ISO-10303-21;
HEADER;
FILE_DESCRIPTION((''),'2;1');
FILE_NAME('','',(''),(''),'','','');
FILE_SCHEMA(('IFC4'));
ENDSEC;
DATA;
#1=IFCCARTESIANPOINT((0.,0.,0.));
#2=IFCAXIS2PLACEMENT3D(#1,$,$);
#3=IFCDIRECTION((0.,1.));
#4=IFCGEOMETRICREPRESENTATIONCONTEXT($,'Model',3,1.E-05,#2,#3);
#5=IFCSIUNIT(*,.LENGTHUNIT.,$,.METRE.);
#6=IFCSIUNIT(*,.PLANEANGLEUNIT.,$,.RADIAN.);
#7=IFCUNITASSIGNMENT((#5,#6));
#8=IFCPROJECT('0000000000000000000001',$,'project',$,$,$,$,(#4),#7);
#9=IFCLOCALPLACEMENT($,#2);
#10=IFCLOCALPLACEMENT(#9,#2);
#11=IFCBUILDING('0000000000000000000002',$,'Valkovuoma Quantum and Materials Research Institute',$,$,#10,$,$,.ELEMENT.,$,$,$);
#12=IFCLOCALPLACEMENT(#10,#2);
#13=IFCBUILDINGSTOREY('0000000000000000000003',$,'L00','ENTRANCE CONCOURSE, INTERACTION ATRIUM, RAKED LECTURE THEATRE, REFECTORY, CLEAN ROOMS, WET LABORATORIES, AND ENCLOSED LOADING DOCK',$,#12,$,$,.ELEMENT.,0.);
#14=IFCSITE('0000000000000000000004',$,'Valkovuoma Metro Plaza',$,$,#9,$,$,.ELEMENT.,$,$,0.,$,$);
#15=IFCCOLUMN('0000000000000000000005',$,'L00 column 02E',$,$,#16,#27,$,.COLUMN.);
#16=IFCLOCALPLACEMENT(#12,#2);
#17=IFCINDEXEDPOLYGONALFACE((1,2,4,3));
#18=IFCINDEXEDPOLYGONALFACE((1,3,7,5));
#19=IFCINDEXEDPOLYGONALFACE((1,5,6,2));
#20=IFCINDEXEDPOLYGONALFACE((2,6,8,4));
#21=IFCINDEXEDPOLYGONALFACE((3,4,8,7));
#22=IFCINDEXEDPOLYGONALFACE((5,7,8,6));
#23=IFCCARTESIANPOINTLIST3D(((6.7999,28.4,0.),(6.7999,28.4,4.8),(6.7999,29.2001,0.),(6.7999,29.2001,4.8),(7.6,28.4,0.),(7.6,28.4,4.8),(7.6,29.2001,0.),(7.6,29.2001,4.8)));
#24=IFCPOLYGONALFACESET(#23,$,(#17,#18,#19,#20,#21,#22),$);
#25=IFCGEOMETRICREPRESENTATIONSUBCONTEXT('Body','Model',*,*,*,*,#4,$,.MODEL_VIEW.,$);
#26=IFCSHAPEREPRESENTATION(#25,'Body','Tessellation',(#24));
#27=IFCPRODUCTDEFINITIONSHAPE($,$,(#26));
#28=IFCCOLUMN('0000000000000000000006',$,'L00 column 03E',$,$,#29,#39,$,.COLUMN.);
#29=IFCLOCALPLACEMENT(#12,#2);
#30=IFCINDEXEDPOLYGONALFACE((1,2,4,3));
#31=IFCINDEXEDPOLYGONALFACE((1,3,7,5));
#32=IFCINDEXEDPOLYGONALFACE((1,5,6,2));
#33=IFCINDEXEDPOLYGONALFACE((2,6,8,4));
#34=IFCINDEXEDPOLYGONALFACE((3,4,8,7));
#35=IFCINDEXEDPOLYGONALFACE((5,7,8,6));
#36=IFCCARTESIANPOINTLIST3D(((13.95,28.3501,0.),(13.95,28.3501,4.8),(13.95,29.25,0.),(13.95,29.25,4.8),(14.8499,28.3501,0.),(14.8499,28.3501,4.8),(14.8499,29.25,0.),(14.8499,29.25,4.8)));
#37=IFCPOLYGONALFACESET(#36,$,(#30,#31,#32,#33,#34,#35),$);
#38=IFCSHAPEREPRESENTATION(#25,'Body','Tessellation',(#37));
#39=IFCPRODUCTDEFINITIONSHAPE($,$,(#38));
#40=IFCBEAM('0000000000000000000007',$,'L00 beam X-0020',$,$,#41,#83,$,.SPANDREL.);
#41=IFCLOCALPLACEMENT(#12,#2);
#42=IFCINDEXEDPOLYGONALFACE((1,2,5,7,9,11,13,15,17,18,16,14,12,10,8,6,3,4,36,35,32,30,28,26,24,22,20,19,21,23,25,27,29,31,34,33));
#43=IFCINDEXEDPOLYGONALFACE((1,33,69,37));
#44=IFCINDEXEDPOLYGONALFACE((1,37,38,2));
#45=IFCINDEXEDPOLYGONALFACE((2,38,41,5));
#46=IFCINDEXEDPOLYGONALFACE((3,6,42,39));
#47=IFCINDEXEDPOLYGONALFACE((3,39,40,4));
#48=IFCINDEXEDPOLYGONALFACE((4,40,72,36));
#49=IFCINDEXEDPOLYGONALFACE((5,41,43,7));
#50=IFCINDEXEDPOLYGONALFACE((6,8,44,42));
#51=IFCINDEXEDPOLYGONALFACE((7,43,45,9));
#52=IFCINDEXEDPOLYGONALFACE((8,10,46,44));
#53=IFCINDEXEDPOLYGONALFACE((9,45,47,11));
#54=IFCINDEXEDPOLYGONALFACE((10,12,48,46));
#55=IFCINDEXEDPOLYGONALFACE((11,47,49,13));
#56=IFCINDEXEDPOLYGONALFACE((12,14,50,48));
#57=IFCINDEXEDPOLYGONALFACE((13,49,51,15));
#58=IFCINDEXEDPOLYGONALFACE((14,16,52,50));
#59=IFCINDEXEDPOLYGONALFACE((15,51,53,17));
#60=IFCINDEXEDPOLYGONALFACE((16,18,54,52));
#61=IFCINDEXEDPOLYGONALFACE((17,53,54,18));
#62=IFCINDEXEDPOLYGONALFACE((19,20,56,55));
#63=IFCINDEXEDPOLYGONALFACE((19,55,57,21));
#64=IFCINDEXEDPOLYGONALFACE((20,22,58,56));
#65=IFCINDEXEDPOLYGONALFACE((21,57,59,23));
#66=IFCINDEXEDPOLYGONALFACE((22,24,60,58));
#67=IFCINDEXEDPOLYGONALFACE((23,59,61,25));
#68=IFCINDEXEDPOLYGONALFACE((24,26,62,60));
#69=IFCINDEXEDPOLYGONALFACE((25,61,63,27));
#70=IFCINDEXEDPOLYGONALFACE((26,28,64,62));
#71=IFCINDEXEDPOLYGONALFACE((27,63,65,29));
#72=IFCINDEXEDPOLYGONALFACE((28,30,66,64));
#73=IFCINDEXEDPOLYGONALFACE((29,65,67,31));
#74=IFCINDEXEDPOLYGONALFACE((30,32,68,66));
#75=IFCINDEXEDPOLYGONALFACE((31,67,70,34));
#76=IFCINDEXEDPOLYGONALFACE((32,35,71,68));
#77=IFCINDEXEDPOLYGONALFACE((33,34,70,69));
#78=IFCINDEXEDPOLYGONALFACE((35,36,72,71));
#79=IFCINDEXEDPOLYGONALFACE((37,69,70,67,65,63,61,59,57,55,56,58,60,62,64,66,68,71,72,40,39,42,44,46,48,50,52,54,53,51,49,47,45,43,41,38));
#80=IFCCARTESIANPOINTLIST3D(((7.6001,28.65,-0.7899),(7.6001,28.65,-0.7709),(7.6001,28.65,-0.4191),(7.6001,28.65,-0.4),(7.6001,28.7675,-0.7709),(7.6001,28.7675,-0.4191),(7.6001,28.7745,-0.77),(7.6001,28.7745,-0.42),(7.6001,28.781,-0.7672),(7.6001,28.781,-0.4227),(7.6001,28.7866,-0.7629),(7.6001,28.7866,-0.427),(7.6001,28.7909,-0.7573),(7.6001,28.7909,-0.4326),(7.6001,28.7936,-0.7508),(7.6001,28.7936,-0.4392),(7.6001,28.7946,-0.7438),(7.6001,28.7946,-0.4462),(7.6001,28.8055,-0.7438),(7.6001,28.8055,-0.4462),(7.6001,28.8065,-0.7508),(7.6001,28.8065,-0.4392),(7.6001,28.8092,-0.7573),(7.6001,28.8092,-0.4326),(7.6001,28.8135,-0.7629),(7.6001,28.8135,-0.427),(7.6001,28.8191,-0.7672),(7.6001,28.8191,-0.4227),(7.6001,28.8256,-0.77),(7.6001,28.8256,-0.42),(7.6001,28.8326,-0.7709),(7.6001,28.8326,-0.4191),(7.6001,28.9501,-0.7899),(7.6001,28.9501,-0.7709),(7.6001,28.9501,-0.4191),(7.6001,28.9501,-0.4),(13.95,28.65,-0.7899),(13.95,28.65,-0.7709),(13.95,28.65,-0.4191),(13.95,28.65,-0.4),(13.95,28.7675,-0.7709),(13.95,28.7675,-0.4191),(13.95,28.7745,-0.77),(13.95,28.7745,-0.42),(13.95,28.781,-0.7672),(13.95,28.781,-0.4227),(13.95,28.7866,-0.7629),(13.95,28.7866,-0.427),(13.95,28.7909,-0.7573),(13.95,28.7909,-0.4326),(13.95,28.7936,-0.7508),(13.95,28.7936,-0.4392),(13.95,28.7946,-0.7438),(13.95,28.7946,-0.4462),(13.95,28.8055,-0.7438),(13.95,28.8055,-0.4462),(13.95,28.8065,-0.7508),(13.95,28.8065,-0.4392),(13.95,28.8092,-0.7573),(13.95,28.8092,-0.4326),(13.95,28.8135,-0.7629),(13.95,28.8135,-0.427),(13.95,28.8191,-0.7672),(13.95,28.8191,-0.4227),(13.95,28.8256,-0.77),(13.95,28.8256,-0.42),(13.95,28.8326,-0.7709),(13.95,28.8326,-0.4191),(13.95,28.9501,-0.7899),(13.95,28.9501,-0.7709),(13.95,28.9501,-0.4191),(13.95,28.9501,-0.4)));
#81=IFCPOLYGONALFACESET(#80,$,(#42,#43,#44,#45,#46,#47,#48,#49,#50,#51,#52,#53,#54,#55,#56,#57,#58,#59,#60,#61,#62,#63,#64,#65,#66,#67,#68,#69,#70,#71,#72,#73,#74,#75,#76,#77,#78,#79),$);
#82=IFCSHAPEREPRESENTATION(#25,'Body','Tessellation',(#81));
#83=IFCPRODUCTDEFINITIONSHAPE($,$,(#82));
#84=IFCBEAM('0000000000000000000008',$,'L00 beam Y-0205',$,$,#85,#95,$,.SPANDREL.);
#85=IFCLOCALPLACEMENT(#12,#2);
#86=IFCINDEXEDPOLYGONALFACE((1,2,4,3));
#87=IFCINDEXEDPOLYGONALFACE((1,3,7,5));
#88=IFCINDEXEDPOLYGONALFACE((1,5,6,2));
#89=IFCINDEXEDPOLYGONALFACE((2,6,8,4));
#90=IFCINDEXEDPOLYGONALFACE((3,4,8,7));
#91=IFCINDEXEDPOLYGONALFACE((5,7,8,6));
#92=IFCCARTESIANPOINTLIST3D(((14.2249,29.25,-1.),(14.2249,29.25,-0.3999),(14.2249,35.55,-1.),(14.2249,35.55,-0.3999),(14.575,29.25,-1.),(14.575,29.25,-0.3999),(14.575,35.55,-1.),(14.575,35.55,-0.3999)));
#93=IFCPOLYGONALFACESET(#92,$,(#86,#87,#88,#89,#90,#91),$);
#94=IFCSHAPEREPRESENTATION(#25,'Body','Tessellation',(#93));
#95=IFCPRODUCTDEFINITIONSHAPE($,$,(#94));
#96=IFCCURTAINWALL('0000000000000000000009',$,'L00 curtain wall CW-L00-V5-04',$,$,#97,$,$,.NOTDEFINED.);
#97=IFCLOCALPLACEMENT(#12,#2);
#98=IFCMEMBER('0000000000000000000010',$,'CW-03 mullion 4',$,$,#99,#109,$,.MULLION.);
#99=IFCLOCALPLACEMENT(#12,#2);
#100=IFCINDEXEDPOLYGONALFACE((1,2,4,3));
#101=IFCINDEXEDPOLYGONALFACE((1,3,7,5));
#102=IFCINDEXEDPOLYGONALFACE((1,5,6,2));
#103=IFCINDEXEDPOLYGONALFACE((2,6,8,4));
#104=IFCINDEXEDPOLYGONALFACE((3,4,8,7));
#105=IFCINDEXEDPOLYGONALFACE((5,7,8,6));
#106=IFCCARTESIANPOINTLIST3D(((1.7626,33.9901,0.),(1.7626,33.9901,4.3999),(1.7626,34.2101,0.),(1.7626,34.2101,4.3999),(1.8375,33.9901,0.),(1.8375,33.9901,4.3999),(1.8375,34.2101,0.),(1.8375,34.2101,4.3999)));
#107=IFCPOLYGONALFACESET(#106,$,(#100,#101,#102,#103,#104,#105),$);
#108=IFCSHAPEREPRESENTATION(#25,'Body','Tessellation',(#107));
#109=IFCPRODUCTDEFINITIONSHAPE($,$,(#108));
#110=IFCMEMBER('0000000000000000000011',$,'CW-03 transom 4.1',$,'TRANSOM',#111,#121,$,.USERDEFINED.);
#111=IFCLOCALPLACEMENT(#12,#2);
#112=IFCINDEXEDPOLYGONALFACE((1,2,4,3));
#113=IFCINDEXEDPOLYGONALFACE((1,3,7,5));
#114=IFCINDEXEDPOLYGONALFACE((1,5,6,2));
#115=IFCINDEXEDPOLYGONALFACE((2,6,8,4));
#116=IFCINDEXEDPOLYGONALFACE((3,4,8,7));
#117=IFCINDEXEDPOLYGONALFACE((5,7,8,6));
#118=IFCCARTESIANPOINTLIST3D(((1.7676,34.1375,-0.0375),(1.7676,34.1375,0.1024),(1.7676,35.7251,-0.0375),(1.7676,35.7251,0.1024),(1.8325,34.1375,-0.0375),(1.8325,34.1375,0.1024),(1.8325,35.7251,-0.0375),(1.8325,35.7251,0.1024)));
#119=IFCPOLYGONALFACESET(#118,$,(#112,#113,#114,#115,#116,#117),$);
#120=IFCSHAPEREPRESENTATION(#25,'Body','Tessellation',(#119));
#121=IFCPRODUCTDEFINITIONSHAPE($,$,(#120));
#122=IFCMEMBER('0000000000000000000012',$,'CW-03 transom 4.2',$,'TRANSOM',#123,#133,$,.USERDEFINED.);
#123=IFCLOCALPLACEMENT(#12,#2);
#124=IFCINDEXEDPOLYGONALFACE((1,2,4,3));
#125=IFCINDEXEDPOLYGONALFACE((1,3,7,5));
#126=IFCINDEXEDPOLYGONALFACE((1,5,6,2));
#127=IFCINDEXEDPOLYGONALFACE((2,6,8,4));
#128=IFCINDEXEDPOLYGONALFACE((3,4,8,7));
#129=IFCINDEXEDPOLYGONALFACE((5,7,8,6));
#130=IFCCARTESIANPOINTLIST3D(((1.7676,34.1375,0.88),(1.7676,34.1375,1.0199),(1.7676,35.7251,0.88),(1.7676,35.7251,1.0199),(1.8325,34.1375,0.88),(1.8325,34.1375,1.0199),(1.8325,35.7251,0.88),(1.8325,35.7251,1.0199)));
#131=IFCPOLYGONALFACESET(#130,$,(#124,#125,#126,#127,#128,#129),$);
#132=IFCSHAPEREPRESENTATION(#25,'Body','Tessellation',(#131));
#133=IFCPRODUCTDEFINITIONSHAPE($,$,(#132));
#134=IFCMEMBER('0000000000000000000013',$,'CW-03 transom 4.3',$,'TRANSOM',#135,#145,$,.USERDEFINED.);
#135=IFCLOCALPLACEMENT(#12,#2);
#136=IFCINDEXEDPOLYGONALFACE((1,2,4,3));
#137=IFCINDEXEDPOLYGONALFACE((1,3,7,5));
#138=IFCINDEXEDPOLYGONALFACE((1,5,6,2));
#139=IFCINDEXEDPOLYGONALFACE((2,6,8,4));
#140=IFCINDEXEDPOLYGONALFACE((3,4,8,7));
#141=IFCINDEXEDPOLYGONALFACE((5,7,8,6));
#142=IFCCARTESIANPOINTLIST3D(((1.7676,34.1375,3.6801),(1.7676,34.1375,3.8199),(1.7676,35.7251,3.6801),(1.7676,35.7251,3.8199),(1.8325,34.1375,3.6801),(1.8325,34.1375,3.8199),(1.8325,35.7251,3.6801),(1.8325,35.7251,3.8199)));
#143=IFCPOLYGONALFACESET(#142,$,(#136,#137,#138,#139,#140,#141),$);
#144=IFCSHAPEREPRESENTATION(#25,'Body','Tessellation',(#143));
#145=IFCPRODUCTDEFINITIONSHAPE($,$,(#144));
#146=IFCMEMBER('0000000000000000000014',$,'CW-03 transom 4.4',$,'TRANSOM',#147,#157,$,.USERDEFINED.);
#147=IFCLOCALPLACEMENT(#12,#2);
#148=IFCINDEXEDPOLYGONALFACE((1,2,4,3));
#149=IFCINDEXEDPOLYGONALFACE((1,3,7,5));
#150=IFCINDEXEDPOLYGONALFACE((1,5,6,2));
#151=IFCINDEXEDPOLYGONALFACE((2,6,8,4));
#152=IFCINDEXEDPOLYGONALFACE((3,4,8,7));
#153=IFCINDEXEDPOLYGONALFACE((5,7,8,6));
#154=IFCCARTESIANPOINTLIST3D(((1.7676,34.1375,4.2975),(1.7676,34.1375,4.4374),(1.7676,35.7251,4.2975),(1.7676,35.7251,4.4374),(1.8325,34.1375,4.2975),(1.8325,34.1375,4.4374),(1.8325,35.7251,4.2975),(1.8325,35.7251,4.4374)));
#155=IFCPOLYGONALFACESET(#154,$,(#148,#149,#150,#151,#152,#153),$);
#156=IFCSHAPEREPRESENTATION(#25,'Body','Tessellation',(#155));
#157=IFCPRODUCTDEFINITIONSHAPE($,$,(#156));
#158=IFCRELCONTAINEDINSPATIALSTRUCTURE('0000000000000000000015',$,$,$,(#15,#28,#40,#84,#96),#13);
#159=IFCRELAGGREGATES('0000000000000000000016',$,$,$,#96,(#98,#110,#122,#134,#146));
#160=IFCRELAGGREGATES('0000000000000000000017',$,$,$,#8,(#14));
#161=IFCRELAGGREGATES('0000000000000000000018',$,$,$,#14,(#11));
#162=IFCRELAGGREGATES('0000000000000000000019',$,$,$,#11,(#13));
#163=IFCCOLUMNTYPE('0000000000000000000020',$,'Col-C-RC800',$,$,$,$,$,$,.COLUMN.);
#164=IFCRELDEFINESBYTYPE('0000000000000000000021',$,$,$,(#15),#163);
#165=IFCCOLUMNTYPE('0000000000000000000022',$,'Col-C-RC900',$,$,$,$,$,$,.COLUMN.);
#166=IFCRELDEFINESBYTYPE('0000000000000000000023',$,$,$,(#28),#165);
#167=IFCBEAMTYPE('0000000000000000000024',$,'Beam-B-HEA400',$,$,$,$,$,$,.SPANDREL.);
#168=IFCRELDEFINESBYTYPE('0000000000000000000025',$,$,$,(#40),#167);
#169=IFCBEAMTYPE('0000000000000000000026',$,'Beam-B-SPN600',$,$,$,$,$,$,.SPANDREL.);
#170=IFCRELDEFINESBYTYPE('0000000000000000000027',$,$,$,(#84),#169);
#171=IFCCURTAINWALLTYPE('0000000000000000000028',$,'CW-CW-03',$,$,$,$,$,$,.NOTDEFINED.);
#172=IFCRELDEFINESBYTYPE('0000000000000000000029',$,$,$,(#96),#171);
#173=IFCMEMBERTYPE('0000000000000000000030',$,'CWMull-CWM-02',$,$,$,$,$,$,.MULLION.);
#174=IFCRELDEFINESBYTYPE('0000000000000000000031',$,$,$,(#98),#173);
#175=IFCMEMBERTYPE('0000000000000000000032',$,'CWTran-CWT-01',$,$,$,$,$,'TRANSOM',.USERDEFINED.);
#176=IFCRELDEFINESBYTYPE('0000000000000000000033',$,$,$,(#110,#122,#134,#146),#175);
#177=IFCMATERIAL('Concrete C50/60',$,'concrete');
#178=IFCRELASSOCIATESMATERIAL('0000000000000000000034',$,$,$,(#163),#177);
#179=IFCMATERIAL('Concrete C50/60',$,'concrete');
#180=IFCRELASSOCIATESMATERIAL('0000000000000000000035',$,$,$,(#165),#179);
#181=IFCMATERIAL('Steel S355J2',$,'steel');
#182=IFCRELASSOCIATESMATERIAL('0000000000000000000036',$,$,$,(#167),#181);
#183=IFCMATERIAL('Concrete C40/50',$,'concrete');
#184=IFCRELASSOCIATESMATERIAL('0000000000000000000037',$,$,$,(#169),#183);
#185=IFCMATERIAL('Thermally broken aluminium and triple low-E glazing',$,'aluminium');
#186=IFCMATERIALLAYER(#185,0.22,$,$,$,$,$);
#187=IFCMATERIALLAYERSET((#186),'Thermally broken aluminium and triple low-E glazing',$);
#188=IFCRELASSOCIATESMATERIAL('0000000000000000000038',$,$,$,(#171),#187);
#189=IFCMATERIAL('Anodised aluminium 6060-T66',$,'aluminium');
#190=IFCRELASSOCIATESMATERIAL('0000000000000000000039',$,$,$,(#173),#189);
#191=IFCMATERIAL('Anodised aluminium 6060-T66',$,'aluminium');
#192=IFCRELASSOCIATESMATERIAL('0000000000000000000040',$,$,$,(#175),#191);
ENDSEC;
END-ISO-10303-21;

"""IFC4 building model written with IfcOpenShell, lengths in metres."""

from ifc_helpers import new_model, si_unit, direction, frame, origin, origin_2d, place, context, subcontext, project, spatial, rectangle, i_section, extrude, material, layer, layer_set, material_profile, profile_set, type_object, element, aggregate, save


model = new_model("IFC4")

# Units and contexts
model_context = context("Model", 3, precision=1e-05, world=origin(), true_north=direction((0.0, 1.0)))
body_context = subcontext(model_context, "Body", "Model", "MODEL_VIEW")
ifc_project = project(units=[si_unit("LENGTHUNIT", "METRE"), si_unit("PLANEANGLEUNIT", "RADIAN")], contexts=[model_context])

# Site, building, storey
site_placement = place(None, origin())
site = spatial("IfcSite", under=ifc_project, at=site_placement, Name="Valkovuoma Metro Plaza", CompositionType="ELEMENT", RefElevation=0.0)
building_placement = place(site_placement, origin())
building = spatial("IfcBuilding", under=site, at=building_placement, Name="Valkovuoma Quantum and Materials Research Institute", CompositionType="ELEMENT")
storey_placement = place(building_placement, origin())
storey = spatial("IfcBuildingStorey", under=building, at=storey_placement, Name="L00", Description="ENTRANCE CONCOURSE, INTERACTION ATRIUM, RAKED LECTURE THEATRE, REFECTORY, CLEAN ROOMS, WET LABORATORIES, AND ENCLOSED LOADING DOCK", CompositionType="ELEMENT", Elevation=0.0)

# Columns
ifc_material_1 = material(Name="Concrete C50/60", Category="concrete")
ifc_material_profile_1 = material_profile(ifc_material_1, rectangle(XDim=0.8, YDim=0.8, at=origin_2d()), Name="Concrete C50/60")
ifc_profile_set_1 = profile_set([ifc_material_profile_1], Name="Concrete C50/60")
column_type_1 = type_object("IfcColumnType", Name="Col-C-RC800", PredefinedType="COLUMN", material=ifc_profile_set_1)
column_1_placement = place(storey_placement, frame((7.2, 28.8, 0.0), z_axis=(0.0, 0.0, 1.0), x_axis=(1.0, 0.0, 0.0)))
element("IfcColumn", 1, at=column_1_placement, inside=storey, type_object=column_type_1, Name="L00 column 02E", PredefinedType="COLUMN", context=body_context, shape_type="SweptSolid", body=[
    extrude(rectangle(XDim=0.8, YDim=0.8, at=origin_2d()), origin(), (0.0, 0.0, 1.0), 4.8),
])
ifc_material_2 = material(Name="Concrete C50/60", Category="concrete")
ifc_material_profile_2 = material_profile(ifc_material_2, rectangle(XDim=0.8999, YDim=0.8999, at=origin_2d()), Name="Concrete C50/60")
ifc_profile_set_2 = profile_set([ifc_material_profile_2], Name="Concrete C50/60")
column_type_2 = type_object("IfcColumnType", Name="Col-C-RC900", PredefinedType="COLUMN", material=ifc_profile_set_2)
column_2_placement = place(storey_placement, frame((14.3999, 28.8, 0.0), z_axis=(0.0, 0.0, 1.0), x_axis=(1.0, 0.0, 0.0)))
element("IfcColumn", 2, at=column_2_placement, inside=storey, type_object=column_type_2, Name="L00 column 03E", PredefinedType="COLUMN", context=body_context, shape_type="SweptSolid", body=[
    extrude(rectangle(XDim=0.8999, YDim=0.8999, at=origin_2d()), origin(), (0.0, 0.0, 1.0), 4.8),
])

# Beams
ifc_material_3 = material(Name="Steel S355J2", Category="steel")
ifc_material_profile_3 = material_profile(ifc_material_3, i_section(OverallWidth=0.3, OverallDepth=0.3899, WebThickness=0.011, FlangeThickness=0.019, FilletRadius=0.0271, at=origin_2d()), Name="Steel S355J2")
ifc_profile_set_3 = profile_set([ifc_material_profile_3], Name="Steel S355J2")
beam_type_1 = type_object("IfcBeamType", Name="Beam-B-HEA400", PredefinedType="SPANDREL", material=ifc_profile_set_3)
beam_1_placement = place(storey_placement, frame((7.6001, 28.8, -0.595), z_axis=(1.0, 0.0, 0.0), x_axis=(0.0, 1.0, 0.0)))
element("IfcBeam", 3, at=beam_1_placement, inside=storey, type_object=beam_type_1, Name="L00 beam X-0020", PredefinedType="SPANDREL", context=body_context, shape_type="SweptSolid", body=[
    extrude(i_section(OverallWidth=0.3, OverallDepth=0.3899, WebThickness=0.011, FlangeThickness=0.019, FilletRadius=0.0271, at=origin_2d()), origin(), (0.0, 0.0, 1.0), 6.3499),
])
ifc_material_4 = material(Name="Concrete C40/50", Category="concrete")
ifc_material_profile_4 = material_profile(ifc_material_4, rectangle(XDim=0.3501, YDim=0.6001, at=origin_2d()), Name="Concrete C40/50")
ifc_profile_set_4 = profile_set([ifc_material_profile_4], Name="Concrete C40/50")
beam_type_2 = type_object("IfcBeamType", Name="Beam-B-SPN600", PredefinedType="SPANDREL", material=ifc_profile_set_4)
beam_2_placement = place(storey_placement, frame((14.3999, 29.25, -0.7), z_axis=(0.0, 1.0, 0.0), x_axis=(-1.0, 0.0, 0.0)))
element("IfcBeam", 4, at=beam_2_placement, inside=storey, type_object=beam_type_2, Name="L00 beam Y-0205", PredefinedType="SPANDREL", context=body_context, shape_type="SweptSolid", body=[
    extrude(rectangle(XDim=0.3501, YDim=0.6001, at=origin_2d()), origin(), (0.0, 0.0, 1.0), 6.3),
])

# Curtain wall, members
ifc_material_5 = material(Name="Thermally broken aluminium and triple low-E glazing", Category="aluminium")
ifc_layer_1 = layer(ifc_material_5, 0.22)
ifc_layer_set_1 = layer_set([ifc_layer_1], Name="Thermally broken aluminium and triple low-E glazing")
curtain_wall_type = type_object("IfcCurtainWallType", Name="CW-CW-03", PredefinedType="NOTDEFINED", material=ifc_layer_set_1)
curtain_wall_placement = place(storey_placement, origin())
curtain_wall = element("IfcCurtainWall", 5, at=curtain_wall_placement, inside=storey, type_object=curtain_wall_type, Name="L00 curtain wall CW-L00-V5-04", PredefinedType="NOTDEFINED")
ifc_material_6 = material(Name="Anodised aluminium 6060-T66", Category="aluminium")
ifc_material_profile_5 = material_profile(ifc_material_6, rectangle(XDim=0.075, YDim=0.22, at=origin_2d()), Name="Anodised aluminium 6060-T66")
ifc_profile_set_5 = profile_set([ifc_material_profile_5], Name="Anodised aluminium 6060-T66")
member_type_1 = type_object("IfcMemberType", Name="CWMull-CWM-02", PredefinedType="MULLION", material=ifc_profile_set_5)
member_1_placement = place(storey_placement, frame((1.8, 34.1001, 0.0), z_axis=(0.0, 0.0, 1.0), x_axis=(-1.0, 0.0, 0.0)))
member_1 = element("IfcMember", 6, at=member_1_placement, type_object=member_type_1, Name="CW-03 mullion 4", PredefinedType="MULLION", context=body_context, shape_type="SweptSolid", body=[
    extrude(rectangle(XDim=0.075, YDim=0.22, at=origin_2d()), origin(), (0.0, 0.0, 1.0), 4.3999),
])
ifc_material_7 = material(Name="Anodised aluminium 6060-T66", Category="aluminium")
ifc_material_profile_6 = material_profile(ifc_material_7, rectangle(XDim=0.0649, YDim=0.1399, at=origin_2d()), Name="Anodised aluminium 6060-T66")
ifc_profile_set_6 = profile_set([ifc_material_profile_6], Name="Anodised aluminium 6060-T66")
member_type_2 = type_object("IfcMemberType", Name="CWTran-CWT-01", ElementType="TRANSOM", PredefinedType="USERDEFINED", material=ifc_profile_set_6)
member_2_placement = place(storey_placement, frame((1.8, 34.1375, 0.0325), z_axis=(0.0, 1.0, 0.0), x_axis=(-1.0, 0.0, 0.0)))
member_2 = element("IfcMember", 7, at=member_2_placement, type_object=member_type_2, Name="CW-03 transom 4.1", ObjectType="TRANSOM", PredefinedType="USERDEFINED", context=body_context, shape_type="SweptSolid", body=[
    extrude(rectangle(XDim=0.0649, YDim=0.1399, at=origin_2d()), origin(), (0.0, 0.0, 1.0), 1.5876),
])
member_3_placement = place(storey_placement, frame((1.8, 34.1375, 0.95), z_axis=(0.0, 1.0, 0.0), x_axis=(-1.0, 0.0, 0.0)))
member_3 = element("IfcMember", 8, at=member_3_placement, type_object=member_type_2, Name="CW-03 transom 4.2", ObjectType="TRANSOM", PredefinedType="USERDEFINED", context=body_context, shape_type="SweptSolid", body=[
    extrude(rectangle(XDim=0.0649, YDim=0.1399, at=origin_2d()), origin(), (0.0, 0.0, 1.0), 1.5876),
])
member_4_placement = place(storey_placement, frame((1.8, 34.1375, 3.75), z_axis=(0.0, 1.0, 0.0), x_axis=(-1.0, 0.0, 0.0)))
member_4 = element("IfcMember", 9, at=member_4_placement, type_object=member_type_2, Name="CW-03 transom 4.3", ObjectType="TRANSOM", PredefinedType="USERDEFINED", context=body_context, shape_type="SweptSolid", body=[
    extrude(rectangle(XDim=0.0649, YDim=0.1399, at=origin_2d()), origin(), (0.0, 0.0, 1.0), 1.5876),
])
member_5_placement = place(storey_placement, frame((1.8, 34.1375, 4.3674), z_axis=(0.0, 1.0, 0.0), x_axis=(-1.0, 0.0, 0.0)))
member_5 = element("IfcMember", 10, at=member_5_placement, type_object=member_type_2, Name="CW-03 transom 4.4", ObjectType="TRANSOM", PredefinedType="USERDEFINED", context=body_context, shape_type="SweptSolid", body=[
    extrude(rectangle(XDim=0.0649, YDim=0.1399, at=origin_2d()), origin(), (0.0, 0.0, 1.0), 1.5876),
])

aggregate(curtain_wall, [member_1, member_2, member_3, member_4, member_5])

save(model, "model.ifc")
